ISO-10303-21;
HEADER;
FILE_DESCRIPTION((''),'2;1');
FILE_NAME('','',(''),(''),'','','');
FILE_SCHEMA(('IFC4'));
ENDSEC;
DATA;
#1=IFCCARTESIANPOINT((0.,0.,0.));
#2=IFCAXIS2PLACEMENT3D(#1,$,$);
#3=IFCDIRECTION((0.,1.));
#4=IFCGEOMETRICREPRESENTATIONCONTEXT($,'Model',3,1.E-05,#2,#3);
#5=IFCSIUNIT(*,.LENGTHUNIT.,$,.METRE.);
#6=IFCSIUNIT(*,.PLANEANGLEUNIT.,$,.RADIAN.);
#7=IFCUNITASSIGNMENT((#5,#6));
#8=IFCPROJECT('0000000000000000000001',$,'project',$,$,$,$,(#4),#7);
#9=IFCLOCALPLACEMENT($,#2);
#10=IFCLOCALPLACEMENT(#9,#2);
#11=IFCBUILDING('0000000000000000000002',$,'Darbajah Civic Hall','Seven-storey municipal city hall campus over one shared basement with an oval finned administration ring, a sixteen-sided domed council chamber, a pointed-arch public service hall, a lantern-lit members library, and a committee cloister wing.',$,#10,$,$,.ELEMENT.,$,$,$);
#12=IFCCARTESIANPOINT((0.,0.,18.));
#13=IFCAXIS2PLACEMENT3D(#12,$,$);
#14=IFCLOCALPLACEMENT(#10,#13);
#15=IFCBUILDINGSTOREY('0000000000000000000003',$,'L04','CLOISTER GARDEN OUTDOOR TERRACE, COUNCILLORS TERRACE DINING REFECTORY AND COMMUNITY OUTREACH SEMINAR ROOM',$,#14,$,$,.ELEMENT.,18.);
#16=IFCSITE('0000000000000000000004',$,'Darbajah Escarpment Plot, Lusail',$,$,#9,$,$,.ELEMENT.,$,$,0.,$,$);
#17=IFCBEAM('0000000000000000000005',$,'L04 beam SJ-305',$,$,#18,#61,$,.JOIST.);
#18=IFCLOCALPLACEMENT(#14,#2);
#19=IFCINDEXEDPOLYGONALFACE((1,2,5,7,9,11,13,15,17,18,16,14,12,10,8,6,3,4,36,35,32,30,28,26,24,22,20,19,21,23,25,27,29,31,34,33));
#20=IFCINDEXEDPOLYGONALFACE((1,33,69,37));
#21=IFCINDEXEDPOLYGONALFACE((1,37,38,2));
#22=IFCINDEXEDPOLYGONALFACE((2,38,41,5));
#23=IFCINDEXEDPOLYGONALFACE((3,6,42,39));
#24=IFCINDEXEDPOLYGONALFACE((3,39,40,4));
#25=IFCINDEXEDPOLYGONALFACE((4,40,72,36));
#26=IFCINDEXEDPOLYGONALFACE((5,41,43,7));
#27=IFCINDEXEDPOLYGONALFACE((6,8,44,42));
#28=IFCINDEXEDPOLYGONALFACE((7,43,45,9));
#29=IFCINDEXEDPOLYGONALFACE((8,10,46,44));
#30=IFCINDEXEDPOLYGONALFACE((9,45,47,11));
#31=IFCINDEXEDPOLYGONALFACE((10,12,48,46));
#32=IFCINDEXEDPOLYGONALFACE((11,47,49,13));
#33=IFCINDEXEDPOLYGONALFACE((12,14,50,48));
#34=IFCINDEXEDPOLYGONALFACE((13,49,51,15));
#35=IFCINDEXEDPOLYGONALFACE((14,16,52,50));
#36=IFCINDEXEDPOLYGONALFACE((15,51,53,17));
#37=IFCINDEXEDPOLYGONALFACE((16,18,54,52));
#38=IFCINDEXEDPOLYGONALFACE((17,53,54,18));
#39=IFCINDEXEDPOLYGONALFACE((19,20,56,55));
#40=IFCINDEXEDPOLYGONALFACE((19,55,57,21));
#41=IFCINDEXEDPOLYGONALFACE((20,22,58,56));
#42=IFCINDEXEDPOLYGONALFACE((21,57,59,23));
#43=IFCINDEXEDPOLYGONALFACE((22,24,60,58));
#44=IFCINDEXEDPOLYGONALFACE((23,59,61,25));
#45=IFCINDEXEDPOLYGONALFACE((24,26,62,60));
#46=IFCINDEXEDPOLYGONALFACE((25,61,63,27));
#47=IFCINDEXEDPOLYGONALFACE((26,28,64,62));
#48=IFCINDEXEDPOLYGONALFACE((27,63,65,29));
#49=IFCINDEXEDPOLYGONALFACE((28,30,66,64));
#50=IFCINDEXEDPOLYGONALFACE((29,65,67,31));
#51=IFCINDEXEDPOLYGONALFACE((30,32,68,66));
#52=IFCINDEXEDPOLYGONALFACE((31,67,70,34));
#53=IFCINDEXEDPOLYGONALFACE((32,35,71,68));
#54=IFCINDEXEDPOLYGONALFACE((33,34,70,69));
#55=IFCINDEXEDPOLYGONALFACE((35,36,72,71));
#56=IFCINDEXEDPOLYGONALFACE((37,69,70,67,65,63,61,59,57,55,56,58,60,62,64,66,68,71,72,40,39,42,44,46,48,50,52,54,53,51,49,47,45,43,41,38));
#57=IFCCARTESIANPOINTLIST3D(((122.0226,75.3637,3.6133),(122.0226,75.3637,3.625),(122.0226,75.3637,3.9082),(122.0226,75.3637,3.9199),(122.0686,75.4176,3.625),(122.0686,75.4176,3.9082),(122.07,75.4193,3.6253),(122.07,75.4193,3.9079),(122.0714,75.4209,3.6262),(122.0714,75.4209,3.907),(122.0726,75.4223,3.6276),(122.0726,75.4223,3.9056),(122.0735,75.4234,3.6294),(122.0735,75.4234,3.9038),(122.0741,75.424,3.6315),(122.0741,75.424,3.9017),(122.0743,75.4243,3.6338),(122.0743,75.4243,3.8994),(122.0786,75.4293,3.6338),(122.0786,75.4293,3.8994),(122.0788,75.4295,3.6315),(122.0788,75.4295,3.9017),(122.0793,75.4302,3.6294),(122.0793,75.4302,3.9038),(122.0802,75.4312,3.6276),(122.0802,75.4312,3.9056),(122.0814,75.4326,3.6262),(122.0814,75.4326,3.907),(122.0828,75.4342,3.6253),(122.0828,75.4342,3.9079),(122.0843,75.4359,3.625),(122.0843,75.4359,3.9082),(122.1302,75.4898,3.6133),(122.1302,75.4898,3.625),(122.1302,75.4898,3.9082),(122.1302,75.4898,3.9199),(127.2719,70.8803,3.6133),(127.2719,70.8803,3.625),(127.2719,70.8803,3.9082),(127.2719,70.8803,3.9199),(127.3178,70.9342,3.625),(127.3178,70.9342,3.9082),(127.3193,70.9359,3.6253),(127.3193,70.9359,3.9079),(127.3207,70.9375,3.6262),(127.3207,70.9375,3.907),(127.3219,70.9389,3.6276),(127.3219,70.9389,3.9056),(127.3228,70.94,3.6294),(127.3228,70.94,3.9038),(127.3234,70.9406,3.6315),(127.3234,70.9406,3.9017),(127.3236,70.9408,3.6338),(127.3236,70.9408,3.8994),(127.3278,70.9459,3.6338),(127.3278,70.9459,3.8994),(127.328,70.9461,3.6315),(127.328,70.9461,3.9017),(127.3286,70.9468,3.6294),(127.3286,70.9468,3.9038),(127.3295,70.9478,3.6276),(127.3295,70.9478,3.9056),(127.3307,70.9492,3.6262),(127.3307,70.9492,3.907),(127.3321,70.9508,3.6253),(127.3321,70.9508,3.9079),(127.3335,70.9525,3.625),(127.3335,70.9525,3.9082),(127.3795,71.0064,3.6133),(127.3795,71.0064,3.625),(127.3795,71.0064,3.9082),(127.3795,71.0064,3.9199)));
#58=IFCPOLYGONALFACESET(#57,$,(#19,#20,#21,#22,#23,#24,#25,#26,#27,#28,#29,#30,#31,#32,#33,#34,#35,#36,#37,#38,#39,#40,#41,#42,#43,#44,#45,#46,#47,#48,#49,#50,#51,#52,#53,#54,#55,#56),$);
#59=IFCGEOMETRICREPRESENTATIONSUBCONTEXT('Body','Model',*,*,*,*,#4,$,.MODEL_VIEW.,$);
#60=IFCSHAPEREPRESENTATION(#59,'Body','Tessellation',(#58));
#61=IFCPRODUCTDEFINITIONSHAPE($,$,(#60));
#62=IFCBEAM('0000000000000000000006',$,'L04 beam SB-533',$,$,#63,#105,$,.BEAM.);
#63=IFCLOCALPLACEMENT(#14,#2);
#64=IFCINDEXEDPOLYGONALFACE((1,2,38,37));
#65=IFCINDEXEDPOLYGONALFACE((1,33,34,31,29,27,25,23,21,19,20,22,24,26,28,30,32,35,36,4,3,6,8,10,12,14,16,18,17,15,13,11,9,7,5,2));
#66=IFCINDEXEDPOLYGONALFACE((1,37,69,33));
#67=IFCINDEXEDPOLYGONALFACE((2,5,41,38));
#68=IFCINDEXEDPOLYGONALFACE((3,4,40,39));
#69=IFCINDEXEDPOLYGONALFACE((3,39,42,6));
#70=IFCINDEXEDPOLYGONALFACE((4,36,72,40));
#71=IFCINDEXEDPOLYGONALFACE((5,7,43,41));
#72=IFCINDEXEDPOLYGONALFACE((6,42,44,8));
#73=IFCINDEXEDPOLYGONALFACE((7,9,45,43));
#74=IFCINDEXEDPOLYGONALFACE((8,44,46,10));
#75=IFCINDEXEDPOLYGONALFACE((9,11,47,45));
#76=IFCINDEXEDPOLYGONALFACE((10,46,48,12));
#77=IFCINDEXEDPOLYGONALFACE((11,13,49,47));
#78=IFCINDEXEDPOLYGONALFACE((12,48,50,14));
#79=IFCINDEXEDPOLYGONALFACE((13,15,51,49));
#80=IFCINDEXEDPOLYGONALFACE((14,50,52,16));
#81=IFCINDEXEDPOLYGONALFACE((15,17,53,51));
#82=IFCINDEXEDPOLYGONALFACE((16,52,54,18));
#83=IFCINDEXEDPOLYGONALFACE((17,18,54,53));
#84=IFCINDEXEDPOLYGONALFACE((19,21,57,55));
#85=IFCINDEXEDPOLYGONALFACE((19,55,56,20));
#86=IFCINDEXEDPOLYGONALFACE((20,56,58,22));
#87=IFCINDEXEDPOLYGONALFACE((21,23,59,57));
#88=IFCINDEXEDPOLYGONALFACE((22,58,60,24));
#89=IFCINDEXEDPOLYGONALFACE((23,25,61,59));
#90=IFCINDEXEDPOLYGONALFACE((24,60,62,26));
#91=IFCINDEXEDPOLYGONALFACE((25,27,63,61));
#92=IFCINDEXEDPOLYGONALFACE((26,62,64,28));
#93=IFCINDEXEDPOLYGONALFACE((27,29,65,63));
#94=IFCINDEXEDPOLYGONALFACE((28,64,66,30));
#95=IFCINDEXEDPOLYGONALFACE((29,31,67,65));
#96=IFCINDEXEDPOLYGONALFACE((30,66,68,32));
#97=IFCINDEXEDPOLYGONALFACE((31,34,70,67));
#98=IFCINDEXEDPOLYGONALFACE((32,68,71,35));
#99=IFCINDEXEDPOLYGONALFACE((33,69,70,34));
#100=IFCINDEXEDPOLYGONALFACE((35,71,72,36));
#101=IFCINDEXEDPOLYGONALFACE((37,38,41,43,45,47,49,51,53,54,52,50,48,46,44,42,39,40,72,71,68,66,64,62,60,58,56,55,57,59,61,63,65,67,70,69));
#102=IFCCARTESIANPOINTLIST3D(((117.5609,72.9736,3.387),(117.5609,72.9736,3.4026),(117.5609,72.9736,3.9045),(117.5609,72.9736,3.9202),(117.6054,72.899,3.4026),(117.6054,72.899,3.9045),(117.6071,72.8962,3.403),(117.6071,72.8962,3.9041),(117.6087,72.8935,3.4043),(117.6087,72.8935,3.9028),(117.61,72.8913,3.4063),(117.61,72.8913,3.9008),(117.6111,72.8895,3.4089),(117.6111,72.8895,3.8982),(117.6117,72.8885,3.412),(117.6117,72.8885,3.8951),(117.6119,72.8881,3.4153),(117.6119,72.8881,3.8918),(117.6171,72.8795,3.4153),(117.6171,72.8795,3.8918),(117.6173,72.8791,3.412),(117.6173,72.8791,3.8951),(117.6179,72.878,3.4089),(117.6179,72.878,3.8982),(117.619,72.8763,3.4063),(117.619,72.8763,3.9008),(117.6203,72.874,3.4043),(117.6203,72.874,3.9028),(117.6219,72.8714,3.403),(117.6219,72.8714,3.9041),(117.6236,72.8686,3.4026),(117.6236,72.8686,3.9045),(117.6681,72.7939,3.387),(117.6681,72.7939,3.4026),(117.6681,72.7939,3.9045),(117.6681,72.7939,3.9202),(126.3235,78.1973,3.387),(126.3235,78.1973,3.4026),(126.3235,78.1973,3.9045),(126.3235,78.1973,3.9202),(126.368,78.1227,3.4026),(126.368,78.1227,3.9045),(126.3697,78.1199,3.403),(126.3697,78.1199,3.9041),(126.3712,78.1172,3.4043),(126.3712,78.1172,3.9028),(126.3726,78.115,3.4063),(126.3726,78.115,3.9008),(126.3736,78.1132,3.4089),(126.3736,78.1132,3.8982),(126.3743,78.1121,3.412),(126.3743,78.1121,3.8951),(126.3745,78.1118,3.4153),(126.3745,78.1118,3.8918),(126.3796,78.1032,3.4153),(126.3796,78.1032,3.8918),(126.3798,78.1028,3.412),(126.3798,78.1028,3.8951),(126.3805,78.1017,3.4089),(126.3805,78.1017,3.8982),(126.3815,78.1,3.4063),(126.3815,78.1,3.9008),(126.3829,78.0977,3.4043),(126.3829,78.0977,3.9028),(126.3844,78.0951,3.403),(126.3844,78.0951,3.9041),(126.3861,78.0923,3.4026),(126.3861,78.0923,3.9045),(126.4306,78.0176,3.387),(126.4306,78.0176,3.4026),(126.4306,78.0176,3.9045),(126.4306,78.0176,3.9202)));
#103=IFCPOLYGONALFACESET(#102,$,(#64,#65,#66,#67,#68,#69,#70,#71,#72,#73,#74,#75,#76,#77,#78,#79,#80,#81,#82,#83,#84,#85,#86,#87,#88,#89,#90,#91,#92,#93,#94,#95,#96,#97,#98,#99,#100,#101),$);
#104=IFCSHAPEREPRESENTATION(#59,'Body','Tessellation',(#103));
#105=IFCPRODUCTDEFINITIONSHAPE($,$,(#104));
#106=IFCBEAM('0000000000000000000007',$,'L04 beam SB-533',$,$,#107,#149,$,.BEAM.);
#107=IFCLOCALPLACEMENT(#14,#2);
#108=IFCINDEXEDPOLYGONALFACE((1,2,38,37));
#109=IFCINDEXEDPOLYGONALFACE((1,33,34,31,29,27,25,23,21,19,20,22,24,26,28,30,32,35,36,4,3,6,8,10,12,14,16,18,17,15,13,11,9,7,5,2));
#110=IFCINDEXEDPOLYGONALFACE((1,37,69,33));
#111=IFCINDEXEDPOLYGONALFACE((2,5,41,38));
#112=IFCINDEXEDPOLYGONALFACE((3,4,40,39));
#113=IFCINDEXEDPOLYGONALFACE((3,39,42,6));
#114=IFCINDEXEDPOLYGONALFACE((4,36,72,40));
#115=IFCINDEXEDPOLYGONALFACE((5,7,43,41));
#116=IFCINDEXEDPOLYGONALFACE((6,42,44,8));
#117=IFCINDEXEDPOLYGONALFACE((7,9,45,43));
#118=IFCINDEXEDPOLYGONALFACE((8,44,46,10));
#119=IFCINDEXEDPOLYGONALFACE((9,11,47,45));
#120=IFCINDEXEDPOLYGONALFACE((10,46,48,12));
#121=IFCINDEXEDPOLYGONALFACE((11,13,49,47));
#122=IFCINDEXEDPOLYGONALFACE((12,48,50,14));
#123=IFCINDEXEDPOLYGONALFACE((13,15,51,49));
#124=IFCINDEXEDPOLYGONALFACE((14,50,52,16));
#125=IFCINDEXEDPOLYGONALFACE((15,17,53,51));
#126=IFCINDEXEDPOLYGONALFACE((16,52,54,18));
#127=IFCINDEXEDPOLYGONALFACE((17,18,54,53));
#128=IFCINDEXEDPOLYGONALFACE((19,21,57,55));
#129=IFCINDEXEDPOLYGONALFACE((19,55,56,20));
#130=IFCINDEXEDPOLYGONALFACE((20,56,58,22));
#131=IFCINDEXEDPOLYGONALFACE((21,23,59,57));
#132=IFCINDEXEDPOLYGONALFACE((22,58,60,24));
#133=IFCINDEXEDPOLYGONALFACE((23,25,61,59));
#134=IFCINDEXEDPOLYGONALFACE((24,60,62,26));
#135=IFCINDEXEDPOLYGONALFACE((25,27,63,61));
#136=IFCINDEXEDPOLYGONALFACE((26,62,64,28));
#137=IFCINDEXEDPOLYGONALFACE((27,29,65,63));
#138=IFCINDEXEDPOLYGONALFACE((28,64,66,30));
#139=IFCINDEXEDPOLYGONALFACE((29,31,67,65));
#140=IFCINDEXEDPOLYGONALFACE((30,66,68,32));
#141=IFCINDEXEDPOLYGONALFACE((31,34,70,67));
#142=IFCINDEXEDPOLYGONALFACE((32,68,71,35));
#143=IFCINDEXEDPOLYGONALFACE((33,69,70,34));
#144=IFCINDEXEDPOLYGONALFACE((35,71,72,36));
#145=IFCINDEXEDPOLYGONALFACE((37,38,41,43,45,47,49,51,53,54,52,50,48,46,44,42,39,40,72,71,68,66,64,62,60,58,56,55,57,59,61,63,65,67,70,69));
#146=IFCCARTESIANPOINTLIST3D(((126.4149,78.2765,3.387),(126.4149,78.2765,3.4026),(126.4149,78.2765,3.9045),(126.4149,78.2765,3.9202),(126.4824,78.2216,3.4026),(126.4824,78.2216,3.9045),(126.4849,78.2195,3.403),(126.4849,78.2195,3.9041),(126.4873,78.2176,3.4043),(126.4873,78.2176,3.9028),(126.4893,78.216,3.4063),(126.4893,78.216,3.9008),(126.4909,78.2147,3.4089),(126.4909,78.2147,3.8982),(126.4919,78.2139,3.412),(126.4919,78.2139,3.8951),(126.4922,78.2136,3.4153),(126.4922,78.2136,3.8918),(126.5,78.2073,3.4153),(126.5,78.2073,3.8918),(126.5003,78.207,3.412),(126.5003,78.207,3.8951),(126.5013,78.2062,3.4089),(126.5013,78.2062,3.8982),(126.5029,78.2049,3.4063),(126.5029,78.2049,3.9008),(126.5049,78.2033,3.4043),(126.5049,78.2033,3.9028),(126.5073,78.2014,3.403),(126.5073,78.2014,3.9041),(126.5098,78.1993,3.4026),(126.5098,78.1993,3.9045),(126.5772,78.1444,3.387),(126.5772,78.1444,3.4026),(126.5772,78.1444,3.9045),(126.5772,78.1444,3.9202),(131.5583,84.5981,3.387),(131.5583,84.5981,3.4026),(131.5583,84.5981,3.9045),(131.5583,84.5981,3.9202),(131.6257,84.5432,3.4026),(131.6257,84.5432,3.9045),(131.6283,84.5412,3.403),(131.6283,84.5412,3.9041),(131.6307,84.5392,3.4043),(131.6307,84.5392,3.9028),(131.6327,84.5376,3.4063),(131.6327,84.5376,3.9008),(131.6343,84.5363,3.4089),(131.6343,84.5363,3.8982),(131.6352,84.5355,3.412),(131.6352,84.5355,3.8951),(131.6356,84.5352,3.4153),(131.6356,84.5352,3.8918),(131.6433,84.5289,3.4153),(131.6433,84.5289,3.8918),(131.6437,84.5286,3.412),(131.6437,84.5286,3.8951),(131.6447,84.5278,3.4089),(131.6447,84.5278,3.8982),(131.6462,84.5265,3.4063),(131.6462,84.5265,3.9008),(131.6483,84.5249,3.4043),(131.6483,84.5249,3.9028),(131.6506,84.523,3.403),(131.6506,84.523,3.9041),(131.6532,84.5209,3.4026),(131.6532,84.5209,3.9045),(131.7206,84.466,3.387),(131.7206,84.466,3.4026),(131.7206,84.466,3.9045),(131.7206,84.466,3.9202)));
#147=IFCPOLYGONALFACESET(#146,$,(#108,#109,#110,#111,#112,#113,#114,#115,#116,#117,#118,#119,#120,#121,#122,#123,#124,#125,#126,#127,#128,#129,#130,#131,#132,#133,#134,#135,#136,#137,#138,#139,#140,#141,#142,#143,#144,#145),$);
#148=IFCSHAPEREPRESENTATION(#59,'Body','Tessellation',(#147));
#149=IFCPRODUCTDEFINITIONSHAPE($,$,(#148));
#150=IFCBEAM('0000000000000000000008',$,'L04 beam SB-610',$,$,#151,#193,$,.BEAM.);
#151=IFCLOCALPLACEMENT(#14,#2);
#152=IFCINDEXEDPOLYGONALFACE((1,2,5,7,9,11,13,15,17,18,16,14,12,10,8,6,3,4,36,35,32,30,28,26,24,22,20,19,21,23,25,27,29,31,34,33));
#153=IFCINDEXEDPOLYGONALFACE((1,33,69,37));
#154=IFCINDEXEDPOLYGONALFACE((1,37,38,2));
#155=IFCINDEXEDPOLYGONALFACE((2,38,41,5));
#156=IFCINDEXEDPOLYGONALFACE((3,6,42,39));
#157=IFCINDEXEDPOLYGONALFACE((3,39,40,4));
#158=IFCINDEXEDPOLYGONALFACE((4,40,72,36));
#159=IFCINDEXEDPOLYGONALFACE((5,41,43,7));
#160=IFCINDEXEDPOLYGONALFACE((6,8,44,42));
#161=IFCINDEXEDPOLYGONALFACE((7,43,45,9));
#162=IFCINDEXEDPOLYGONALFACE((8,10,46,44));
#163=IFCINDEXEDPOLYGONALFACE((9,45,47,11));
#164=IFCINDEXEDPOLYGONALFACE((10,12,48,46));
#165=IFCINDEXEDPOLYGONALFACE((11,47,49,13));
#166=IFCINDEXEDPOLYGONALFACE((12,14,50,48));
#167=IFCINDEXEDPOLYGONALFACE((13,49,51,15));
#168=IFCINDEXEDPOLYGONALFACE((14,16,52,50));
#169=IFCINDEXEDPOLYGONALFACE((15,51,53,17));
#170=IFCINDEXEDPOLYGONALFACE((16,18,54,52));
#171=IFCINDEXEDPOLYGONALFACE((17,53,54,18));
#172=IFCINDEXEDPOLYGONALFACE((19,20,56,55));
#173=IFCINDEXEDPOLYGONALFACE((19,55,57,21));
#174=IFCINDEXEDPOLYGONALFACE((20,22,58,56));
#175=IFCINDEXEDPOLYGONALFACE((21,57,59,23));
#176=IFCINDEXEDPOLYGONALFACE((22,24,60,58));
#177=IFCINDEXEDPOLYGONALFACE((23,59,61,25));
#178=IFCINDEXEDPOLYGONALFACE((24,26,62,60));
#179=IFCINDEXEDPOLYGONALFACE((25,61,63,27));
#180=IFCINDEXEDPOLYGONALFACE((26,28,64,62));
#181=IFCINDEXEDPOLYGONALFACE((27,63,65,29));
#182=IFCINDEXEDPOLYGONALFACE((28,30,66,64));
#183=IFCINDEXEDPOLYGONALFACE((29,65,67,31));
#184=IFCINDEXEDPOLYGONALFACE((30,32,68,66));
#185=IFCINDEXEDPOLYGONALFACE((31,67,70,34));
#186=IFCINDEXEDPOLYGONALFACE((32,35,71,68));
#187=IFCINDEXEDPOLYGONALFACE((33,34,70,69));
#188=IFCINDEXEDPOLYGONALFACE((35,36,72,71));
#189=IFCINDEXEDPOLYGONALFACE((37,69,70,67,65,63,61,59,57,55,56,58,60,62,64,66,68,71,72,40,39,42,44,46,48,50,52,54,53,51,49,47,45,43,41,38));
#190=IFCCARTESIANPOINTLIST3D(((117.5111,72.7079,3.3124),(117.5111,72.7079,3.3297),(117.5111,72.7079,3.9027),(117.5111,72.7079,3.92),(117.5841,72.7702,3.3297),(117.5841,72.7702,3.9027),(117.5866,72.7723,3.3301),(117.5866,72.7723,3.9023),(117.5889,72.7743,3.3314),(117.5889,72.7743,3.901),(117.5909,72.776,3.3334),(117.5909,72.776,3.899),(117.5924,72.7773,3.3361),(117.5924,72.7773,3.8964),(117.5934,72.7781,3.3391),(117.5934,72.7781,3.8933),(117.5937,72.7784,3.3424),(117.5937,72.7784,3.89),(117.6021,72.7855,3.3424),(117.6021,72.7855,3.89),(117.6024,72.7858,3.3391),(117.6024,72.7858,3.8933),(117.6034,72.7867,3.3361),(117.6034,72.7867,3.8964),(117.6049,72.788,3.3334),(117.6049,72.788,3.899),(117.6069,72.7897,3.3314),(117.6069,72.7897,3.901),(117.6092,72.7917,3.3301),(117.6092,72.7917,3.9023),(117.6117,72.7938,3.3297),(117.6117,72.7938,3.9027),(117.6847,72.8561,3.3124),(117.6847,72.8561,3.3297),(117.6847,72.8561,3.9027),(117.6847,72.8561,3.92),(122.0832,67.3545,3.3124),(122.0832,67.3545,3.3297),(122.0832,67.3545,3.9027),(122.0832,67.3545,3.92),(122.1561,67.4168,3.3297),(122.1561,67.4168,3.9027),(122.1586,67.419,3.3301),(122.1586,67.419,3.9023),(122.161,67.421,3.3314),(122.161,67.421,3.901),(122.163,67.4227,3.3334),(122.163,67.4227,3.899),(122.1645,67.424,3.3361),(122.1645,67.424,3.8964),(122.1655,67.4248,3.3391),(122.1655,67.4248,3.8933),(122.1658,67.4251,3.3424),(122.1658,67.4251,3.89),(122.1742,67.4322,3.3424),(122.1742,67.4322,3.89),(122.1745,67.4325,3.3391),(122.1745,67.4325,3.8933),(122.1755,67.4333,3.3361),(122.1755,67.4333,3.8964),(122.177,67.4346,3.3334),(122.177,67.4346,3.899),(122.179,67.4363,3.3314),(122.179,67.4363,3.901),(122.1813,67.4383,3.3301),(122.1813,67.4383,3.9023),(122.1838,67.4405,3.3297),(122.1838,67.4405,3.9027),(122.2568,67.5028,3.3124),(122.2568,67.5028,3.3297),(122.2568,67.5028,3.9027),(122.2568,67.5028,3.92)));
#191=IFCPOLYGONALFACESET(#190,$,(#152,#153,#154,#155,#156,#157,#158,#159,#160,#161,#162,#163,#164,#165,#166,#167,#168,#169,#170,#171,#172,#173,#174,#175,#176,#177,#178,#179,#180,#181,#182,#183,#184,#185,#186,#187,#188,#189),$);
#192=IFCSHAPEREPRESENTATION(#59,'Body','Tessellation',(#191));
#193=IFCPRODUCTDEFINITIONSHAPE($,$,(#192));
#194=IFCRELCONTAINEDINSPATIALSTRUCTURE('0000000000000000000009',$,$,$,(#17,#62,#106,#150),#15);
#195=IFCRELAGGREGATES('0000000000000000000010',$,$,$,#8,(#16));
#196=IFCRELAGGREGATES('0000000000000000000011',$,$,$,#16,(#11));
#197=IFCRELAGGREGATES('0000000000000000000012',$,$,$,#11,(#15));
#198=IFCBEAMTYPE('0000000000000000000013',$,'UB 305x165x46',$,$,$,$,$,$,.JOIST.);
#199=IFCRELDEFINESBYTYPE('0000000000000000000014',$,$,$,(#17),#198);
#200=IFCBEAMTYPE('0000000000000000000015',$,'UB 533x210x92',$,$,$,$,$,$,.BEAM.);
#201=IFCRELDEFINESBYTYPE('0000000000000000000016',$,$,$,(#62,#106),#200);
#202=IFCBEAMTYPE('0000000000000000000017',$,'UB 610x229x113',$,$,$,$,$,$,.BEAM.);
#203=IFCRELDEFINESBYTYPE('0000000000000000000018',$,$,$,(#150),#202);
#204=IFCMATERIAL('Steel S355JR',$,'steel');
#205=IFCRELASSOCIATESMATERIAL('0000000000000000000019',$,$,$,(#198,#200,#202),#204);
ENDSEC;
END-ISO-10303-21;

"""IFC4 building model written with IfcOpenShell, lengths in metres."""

from ifc_helpers import new_model, si_unit, direction, frame, origin, origin_2d, place, context, subcontext, project, spatial, i_section, extrude, material, material_profile, profile_set, type_object, element, save


model = new_model("IFC4")

# Units and contexts
model_context = context("Model", 3, precision=1e-05, world=origin(), true_north=direction((0.0, 1.0)))
body_context = subcontext(model_context, "Body", "Model", "MODEL_VIEW")
ifc_project = project(units=[si_unit("LENGTHUNIT", "METRE"), si_unit("PLANEANGLEUNIT", "RADIAN")], contexts=[model_context])

# Site, building, storey
site_placement = place(None, origin())
site = spatial("IfcSite", under=ifc_project, at=site_placement, Name="Darbajah Escarpment Plot, Lusail", CompositionType="ELEMENT", RefElevation=0.0)
building_placement = place(site_placement, origin())
building = spatial("IfcBuilding", under=site, at=building_placement, Name="Darbajah Civic Hall", Description="Seven-storey municipal city hall campus over one shared basement with an oval finned administration ring, a sixteen-sided domed council chamber, a pointed-arch public service hall, a lantern-lit members library, and a committee cloister wing.", CompositionType="ELEMENT")
storey_placement = place(building_placement, frame((0.0, 0.0, 18.0)))
storey = spatial("IfcBuildingStorey", under=building, at=storey_placement, Name="L04", Description="CLOISTER GARDEN OUTDOOR TERRACE, COUNCILLORS TERRACE DINING REFECTORY AND COMMUNITY OUTREACH SEMINAR ROOM", CompositionType="ELEMENT", Elevation=18.0)

# Beams
ifc_material_1 = material(Name="Steel S355JR", Category="steel")
ifc_material_profile_1 = material_profile(ifc_material_1, i_section(OverallWidth=0.1658, OverallDepth=0.3066, WebThickness=0.0066, FlangeThickness=0.0117, FilletRadius=0.0088, at=origin_2d()), Name="UB 305x165x46")
ifc_profile_set_1 = profile_set([ifc_material_profile_1], Name="Steel S355JR")
beam_type_1 = type_object("IfcBeamType", Name="UB 305x165x46", PredefinedType="JOIST", material=ifc_profile_set_1)
beam_1_placement = place(storey_placement, frame((122.0764, 75.4268, 3.7666), z_axis=(0.760399, -0.649456, 0.0), x_axis=(0.649456, 0.760399, 0.0)))
element("IfcBeam", 1, at=beam_1_placement, inside=storey, type_object=beam_type_1, Name="L04 beam SJ-305", PredefinedType="JOIST", context=body_context, shape_type="SweptSolid", body=[
    extrude(i_section(OverallWidth=0.1658, OverallDepth=0.3066, WebThickness=0.0066, FlangeThickness=0.0117, FilletRadius=0.0088, at=origin_2d()), origin(), (0.0, 0.0, 1.0), 6.9033),
])
ifc_material_profile_2 = material_profile(ifc_material_1, i_section(OverallWidth=0.2092, OverallDepth=0.5332, WebThickness=0.01, FlangeThickness=0.0156, FilletRadius=0.0127, at=origin_2d()), Name="UB 533x210x92")
ifc_profile_set_2 = profile_set([ifc_material_profile_2], Name="Steel S355JR")
beam_type_2 = type_object("IfcBeamType", Name="UB 533x210x92", PredefinedType="BEAM", material=ifc_profile_set_2)
beam_2_placement = place(storey_placement, frame((117.6145, 72.8838, 3.6536), z_axis=(0.858953, 0.512055, 0.0), x_axis=(-0.512055, 0.858953, 0.0)))
element("IfcBeam", 2, at=beam_2_placement, inside=storey, type_object=beam_type_2, Name="L04 beam SB-533", PredefinedType="BEAM", context=body_context, shape_type="SweptSolid", body=[
    extrude(i_section(OverallWidth=0.2092, OverallDepth=0.5332, WebThickness=0.01, FlangeThickness=0.0156, FilletRadius=0.0127, at=origin_2d()), origin(), (0.0, 0.0, 1.0), 10.2014),
])
beam_3_placement = place(storey_placement, frame((126.4961, 78.2104, 3.6536), z_axis=(0.631115, 0.77569, 0.0), x_axis=(-0.77569, 0.631115, 0.0)))
element("IfcBeam", 3, at=beam_3_placement, inside=storey, type_object=beam_type_2, Name="L04 beam SB-533", PredefinedType="BEAM", context=body_context, shape_type="SweptSolid", body=[
    extrude(i_section(OverallWidth=0.2092, OverallDepth=0.5332, WebThickness=0.01, FlangeThickness=0.0156, FilletRadius=0.0127, at=origin_2d()), origin(), (0.0, 0.0, 1.0), 8.1497),
])
ifc_material_profile_3 = material_profile(ifc_material_1, i_section(OverallWidth=0.2283, OverallDepth=0.6077, WebThickness=0.011, FlangeThickness=0.0173, FilletRadius=0.0127, at=origin_2d()), Name="UB 610x229x113")
ifc_profile_set_3 = profile_set([ifc_material_profile_3], Name="Steel S355JR")
beam_type_3 = type_object("IfcBeamType", Name="UB 610x229x113", PredefinedType="BEAM", material=ifc_profile_set_3)
beam_4_placement = place(storey_placement, frame((117.5979, 72.782, 3.6162), z_axis=(0.649439, -0.760413, 0.0), x_axis=(0.760413, 0.649439, 0.0)))
element("IfcBeam", 4, at=beam_4_placement, inside=storey, type_object=beam_type_3, Name="L04 beam SB-610", PredefinedType="BEAM", context=body_context, shape_type="SweptSolid", body=[
    extrude(i_section(OverallWidth=0.2283, OverallDepth=0.6077, WebThickness=0.011, FlangeThickness=0.0173, FilletRadius=0.0127, at=origin_2d()), origin(), (0.0, 0.0, 1.0), 7.04),
])

save(model, "model.ifc")
